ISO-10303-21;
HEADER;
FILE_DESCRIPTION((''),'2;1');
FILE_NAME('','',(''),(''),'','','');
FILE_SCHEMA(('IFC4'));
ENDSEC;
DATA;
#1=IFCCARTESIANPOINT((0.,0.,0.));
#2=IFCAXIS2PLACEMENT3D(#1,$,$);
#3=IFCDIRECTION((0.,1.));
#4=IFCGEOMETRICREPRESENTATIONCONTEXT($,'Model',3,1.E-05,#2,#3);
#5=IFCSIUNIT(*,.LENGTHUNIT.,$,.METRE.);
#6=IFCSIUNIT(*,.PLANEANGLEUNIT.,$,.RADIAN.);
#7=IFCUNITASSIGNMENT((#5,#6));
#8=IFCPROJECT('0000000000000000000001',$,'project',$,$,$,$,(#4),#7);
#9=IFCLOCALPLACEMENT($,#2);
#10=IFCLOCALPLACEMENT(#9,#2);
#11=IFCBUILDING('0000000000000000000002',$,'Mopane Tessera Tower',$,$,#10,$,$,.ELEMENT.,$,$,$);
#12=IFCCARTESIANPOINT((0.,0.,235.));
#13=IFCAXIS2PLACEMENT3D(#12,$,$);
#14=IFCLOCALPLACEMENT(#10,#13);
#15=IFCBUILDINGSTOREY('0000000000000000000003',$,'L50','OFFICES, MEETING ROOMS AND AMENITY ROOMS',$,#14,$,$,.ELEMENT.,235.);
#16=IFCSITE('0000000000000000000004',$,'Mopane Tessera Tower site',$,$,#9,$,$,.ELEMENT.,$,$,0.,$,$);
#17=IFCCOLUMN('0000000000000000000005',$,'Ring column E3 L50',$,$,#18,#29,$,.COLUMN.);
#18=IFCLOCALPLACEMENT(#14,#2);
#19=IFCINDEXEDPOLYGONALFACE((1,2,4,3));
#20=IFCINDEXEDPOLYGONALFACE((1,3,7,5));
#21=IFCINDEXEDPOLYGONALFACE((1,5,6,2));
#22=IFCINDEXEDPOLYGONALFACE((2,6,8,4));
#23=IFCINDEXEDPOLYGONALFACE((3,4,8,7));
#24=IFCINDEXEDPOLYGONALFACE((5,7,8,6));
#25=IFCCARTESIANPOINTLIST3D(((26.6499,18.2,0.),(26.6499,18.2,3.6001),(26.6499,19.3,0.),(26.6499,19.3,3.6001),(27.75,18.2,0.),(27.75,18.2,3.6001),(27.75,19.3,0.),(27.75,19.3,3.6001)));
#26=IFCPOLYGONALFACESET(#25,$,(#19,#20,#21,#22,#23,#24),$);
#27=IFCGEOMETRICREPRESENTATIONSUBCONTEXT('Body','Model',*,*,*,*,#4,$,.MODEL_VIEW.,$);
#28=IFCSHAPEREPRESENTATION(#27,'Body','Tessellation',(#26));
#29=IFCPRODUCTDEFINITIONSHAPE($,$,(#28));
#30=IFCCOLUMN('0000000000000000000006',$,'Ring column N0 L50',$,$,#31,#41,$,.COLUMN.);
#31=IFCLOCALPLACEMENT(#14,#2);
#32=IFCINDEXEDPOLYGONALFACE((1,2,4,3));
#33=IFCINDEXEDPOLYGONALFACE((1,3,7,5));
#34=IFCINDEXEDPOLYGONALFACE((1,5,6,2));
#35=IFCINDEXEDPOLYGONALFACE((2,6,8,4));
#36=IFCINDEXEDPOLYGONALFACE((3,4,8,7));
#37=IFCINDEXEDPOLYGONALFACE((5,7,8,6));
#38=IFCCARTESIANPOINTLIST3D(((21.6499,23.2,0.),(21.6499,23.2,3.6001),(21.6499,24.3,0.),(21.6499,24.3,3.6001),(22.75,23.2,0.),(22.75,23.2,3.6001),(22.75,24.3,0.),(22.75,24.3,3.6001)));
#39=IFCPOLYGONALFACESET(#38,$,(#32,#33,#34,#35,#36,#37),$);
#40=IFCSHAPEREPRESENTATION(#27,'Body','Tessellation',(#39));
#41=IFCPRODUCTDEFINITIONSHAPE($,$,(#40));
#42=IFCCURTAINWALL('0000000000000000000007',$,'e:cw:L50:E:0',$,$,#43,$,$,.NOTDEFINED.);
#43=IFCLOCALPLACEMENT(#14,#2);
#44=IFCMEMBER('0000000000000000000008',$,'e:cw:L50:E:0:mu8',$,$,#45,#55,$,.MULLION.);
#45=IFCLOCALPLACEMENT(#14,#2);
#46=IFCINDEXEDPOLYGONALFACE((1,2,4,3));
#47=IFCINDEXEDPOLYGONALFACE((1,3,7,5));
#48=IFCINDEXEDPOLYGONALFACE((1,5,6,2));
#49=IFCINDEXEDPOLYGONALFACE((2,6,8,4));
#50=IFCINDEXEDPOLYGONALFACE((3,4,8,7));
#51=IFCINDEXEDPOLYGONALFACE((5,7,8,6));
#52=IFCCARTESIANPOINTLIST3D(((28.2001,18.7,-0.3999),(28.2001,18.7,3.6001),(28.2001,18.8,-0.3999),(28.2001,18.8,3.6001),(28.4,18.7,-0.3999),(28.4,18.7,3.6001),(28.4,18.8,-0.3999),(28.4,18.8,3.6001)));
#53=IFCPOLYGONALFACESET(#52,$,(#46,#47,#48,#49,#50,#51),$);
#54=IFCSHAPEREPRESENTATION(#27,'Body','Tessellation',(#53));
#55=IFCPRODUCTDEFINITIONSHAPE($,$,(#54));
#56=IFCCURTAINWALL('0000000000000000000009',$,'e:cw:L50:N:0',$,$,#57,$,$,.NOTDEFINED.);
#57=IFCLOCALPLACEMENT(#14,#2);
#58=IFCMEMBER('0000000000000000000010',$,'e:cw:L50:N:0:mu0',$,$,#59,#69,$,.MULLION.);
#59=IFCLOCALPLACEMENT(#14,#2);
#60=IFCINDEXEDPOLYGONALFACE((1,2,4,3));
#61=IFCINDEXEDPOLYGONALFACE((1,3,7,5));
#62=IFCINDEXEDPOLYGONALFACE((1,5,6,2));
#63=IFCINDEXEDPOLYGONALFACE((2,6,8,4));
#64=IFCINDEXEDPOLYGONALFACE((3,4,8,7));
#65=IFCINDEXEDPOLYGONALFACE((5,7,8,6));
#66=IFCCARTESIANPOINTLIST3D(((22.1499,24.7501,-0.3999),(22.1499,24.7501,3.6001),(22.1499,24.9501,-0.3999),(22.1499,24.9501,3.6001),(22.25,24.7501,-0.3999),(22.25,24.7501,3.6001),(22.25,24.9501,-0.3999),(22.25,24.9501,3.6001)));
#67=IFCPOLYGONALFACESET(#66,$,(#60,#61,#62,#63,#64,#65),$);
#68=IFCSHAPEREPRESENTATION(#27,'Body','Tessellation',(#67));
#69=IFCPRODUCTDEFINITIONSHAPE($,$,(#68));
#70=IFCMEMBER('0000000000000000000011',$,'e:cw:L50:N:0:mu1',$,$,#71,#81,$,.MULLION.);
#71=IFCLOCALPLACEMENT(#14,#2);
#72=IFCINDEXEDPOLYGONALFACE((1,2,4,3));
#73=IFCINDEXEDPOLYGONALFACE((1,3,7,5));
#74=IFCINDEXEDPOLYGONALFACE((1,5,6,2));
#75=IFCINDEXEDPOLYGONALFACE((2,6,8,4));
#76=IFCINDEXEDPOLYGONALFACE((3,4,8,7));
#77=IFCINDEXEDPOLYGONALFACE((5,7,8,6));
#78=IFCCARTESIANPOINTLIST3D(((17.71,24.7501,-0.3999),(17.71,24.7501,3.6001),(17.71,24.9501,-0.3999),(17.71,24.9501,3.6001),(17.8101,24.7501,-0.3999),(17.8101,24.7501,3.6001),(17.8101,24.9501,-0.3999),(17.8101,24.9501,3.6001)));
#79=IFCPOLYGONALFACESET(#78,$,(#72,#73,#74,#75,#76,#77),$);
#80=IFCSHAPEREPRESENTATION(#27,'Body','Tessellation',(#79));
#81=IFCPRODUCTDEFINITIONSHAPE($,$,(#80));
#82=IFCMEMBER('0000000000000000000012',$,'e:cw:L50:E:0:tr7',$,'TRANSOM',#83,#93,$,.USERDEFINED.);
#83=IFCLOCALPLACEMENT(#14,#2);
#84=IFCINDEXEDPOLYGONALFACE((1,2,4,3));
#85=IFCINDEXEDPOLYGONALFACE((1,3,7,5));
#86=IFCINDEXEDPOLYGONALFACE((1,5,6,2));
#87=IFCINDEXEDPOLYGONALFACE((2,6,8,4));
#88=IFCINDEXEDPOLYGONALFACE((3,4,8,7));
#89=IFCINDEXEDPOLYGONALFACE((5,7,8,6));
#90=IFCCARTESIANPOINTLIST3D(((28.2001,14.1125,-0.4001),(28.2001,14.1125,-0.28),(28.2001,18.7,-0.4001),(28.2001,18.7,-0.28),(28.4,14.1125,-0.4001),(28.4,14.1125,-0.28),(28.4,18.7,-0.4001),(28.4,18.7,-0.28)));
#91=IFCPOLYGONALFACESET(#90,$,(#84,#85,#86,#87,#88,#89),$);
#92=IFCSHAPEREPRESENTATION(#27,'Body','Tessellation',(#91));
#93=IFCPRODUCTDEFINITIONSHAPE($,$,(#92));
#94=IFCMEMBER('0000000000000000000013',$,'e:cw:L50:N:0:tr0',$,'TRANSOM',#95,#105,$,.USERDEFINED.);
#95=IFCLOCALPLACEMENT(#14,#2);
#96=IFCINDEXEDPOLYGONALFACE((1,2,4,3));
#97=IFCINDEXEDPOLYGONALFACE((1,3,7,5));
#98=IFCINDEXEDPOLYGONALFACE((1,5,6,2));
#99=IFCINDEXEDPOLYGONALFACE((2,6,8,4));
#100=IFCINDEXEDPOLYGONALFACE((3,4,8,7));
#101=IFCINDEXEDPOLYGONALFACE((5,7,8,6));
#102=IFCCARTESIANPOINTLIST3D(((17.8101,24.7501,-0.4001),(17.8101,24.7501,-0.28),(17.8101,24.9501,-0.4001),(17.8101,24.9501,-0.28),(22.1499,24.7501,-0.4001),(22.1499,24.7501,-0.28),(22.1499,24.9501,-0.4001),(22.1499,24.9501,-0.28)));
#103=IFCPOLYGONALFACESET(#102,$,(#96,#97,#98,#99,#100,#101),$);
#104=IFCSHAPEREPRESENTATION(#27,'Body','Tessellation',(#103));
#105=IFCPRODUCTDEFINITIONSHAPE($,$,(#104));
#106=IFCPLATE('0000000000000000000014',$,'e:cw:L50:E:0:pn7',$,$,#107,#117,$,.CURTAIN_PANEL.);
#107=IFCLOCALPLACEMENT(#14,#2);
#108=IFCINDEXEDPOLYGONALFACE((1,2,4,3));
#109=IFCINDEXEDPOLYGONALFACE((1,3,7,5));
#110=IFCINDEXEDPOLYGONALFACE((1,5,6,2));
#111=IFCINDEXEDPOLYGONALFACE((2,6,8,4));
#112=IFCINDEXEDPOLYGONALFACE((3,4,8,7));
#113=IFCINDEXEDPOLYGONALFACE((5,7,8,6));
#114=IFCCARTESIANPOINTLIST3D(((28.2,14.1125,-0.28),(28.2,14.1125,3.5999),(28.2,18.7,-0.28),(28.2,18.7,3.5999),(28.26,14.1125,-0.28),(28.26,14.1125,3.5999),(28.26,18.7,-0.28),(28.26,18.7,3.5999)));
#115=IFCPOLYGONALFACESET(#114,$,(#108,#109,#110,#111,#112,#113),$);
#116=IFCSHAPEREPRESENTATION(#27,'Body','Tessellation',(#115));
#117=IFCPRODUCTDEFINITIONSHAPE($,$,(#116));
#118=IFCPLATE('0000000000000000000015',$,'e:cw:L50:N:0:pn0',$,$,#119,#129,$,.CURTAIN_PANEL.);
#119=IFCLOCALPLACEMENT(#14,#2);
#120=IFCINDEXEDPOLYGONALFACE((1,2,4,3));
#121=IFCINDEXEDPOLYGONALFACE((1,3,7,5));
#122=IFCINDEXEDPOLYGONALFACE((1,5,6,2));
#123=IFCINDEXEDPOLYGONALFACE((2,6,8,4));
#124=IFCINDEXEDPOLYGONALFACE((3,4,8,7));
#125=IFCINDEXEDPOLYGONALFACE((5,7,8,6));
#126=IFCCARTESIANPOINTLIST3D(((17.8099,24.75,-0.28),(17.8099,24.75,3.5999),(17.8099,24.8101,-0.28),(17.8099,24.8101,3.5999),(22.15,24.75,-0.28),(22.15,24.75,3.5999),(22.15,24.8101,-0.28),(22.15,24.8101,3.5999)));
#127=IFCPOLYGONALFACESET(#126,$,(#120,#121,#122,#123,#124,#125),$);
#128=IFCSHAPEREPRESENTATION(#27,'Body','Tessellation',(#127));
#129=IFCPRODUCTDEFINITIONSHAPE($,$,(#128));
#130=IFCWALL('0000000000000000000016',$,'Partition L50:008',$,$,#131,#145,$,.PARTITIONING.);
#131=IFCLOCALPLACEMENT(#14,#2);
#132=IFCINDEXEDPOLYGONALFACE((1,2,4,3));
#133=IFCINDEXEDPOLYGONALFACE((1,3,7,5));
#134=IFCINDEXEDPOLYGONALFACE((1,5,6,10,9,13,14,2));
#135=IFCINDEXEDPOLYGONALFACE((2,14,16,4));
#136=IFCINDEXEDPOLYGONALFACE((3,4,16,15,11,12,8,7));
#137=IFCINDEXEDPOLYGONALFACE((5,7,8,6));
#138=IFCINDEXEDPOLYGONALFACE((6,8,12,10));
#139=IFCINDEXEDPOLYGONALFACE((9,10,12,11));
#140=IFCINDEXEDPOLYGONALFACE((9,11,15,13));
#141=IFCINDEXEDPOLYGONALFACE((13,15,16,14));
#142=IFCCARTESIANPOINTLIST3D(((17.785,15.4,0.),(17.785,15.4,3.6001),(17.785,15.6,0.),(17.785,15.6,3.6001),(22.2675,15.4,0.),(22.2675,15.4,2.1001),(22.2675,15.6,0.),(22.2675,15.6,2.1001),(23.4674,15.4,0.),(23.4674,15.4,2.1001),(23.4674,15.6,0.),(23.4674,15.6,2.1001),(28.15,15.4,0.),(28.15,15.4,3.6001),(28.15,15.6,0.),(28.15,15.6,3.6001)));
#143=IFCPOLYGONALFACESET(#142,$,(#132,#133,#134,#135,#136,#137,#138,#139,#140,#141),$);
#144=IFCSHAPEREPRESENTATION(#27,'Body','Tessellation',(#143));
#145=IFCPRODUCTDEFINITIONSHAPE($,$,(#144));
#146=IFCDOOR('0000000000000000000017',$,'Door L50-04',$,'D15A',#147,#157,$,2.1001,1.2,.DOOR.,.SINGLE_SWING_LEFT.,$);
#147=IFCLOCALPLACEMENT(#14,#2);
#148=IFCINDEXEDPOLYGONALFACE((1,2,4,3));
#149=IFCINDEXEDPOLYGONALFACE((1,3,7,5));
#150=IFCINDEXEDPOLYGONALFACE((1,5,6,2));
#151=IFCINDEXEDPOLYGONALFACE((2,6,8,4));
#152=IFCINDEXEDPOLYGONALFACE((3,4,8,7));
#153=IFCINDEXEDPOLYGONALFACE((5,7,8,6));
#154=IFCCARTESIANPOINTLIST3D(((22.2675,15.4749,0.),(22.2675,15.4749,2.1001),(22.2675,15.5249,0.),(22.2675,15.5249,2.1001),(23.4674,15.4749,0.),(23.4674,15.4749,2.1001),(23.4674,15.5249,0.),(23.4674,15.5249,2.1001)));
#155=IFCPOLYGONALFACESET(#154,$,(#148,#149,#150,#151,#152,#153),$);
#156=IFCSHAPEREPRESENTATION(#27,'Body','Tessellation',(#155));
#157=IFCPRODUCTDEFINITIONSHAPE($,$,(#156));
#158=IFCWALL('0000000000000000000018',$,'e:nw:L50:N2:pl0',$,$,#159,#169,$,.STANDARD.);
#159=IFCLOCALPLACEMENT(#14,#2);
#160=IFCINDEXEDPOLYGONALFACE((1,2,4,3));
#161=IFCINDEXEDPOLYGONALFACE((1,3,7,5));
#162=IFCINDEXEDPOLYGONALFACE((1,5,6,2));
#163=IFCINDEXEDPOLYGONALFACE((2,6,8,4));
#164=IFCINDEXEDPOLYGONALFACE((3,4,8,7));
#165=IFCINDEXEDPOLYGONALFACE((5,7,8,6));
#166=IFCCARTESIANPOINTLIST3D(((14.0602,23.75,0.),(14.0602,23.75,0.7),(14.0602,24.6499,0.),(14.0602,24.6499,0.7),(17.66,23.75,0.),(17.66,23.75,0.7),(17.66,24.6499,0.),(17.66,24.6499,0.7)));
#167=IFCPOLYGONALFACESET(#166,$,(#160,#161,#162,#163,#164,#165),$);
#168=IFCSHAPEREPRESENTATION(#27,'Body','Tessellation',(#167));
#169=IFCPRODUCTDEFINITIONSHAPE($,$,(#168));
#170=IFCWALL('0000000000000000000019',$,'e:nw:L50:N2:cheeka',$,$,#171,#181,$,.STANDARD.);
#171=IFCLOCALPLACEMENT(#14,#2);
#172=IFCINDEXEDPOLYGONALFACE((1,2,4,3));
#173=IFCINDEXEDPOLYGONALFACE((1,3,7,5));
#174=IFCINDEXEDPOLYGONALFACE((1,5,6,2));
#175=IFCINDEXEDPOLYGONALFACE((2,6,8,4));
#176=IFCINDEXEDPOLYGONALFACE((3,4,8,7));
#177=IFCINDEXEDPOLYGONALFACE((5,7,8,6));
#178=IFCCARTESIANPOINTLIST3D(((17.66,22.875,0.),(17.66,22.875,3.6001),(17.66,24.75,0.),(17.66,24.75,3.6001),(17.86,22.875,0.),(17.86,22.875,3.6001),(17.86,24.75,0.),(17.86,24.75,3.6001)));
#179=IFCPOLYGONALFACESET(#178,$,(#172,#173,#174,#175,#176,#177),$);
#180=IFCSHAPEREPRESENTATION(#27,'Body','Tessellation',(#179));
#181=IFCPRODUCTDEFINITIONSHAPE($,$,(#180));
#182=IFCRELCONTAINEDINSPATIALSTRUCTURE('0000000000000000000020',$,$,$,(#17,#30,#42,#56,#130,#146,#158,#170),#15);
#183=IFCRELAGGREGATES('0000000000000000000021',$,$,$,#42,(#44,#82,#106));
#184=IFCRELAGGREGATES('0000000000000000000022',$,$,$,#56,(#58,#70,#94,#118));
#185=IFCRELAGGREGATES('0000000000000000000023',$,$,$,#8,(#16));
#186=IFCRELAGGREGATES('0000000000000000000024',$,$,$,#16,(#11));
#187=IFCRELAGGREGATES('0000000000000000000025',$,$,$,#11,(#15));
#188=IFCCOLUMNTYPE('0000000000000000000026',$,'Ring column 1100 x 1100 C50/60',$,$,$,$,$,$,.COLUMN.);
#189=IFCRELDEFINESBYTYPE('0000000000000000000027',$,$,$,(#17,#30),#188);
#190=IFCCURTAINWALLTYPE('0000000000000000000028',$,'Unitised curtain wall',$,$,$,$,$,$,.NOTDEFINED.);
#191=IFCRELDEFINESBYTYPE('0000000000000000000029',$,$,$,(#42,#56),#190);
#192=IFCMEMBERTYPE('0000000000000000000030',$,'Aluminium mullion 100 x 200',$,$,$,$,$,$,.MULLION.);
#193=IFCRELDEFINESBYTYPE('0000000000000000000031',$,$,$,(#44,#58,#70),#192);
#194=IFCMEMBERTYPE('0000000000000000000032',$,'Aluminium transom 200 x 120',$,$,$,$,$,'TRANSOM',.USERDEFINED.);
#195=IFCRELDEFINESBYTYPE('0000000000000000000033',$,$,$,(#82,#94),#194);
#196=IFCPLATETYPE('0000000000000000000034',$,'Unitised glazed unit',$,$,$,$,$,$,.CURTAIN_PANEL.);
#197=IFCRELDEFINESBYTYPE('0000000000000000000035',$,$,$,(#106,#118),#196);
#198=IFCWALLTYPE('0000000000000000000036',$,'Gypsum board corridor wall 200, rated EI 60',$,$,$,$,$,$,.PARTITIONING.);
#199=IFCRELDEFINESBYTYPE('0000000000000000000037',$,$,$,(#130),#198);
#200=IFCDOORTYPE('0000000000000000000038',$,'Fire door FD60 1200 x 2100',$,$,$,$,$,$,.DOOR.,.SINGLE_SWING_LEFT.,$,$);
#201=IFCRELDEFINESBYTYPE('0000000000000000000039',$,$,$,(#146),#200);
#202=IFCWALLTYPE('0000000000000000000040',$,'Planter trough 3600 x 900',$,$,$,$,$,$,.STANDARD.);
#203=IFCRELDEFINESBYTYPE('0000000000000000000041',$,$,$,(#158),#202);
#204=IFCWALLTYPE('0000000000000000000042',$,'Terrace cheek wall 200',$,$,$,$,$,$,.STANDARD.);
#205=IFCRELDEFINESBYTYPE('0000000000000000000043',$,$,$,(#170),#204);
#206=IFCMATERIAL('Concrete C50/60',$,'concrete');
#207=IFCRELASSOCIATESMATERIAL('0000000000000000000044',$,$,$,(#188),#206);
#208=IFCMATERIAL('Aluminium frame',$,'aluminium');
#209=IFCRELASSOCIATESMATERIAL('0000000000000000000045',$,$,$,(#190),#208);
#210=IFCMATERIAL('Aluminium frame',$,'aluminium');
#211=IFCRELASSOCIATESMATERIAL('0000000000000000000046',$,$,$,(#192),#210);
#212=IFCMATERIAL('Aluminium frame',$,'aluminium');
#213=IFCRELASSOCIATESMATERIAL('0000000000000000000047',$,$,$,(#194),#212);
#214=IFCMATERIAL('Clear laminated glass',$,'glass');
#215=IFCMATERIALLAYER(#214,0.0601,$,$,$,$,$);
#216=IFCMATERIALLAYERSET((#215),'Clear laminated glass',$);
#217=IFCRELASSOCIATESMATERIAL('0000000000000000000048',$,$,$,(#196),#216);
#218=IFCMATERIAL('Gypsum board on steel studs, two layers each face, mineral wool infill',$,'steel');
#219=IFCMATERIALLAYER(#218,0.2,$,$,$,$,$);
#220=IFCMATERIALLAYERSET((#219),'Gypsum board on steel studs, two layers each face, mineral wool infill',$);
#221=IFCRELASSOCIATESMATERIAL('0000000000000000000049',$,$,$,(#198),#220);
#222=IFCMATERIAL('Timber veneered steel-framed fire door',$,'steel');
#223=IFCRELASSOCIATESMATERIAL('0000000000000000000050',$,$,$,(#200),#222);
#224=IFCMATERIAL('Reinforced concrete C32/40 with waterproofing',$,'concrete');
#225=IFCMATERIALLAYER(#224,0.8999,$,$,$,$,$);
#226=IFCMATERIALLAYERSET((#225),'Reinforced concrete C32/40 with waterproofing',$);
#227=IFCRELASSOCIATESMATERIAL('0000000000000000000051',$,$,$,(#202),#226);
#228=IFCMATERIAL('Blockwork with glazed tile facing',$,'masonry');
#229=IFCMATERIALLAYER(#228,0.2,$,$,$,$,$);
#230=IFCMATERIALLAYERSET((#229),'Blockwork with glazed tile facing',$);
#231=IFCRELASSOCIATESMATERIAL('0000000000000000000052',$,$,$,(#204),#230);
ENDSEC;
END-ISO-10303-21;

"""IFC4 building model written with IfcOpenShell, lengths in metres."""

from ifc_helpers import new_model, si_unit, direction, frame, frame_2d, origin, origin_2d, place, context, subcontext, project, spatial, rectangle, extrude, material, layer, layer_set, material_profile, profile_set, type_object, element, fill, aggregate, save


model = new_model("IFC4")

# Units and contexts
model_context = context("Model", 3, precision=1e-05, world=origin(), true_north=direction((0.0, 1.0)))
body_context = subcontext(model_context, "Body", "Model", "MODEL_VIEW")
ifc_project = project(units=[si_unit("LENGTHUNIT", "METRE"), si_unit("PLANEANGLEUNIT", "RADIAN")], contexts=[model_context])

# Site, building, storey
site_placement = place(None, origin())
site = spatial("IfcSite", under=ifc_project, at=site_placement, Name="Mopane Tessera Tower site", CompositionType="ELEMENT", RefElevation=0.0)
building_placement = place(site_placement, origin())
building = spatial("IfcBuilding", under=site, at=building_placement, Name="Mopane Tessera Tower", CompositionType="ELEMENT")
storey_placement = place(building_placement, frame((0.0, 0.0, 235.0)))
storey = spatial("IfcBuildingStorey", under=building, at=storey_placement, Name="L50", Description="OFFICES, MEETING ROOMS AND AMENITY ROOMS", CompositionType="ELEMENT", Elevation=235.0)

# Columns
ifc_material_1 = material(Name="Concrete C50/60", Category="concrete")
ifc_material_profile_1 = material_profile(ifc_material_1, rectangle(XDim=1.1001, YDim=1.1001, at=origin_2d()))
ifc_profile_set_1 = profile_set([ifc_material_profile_1], Name="Concrete C50/60")
column_type = type_object("IfcColumnType", Name="Ring column 1100 x 1100 C50/60", PredefinedType="COLUMN", material=ifc_profile_set_1)
for number, where, z_axis, x_axis, name in (
    (1, (27.2, 18.75, 0.0), (0.0, 0.0, 1.0), (1.0, 0.0, 0.0), "Ring column E3 L50"),
    (2, (22.2, 23.75, 0.0), (0.0, 0.0, 1.0), (1.0, 0.0, 0.0), "Ring column N0 L50"),
):
    element("IfcColumn", number, at=place(storey_placement, frame(where, z_axis=z_axis, x_axis=x_axis)), inside=storey, type_object=column_type, Name=name, PredefinedType="COLUMN", context=body_context, shape_type="SweptSolid", body=[
        extrude(rectangle(XDim=1.1001, YDim=1.1001, at=origin_2d()), origin(), (0.0, 0.0, 1.0), 3.6001),
    ])

# Curtain wall, member
ifc_material_2 = material(Name="Aluminium frame", Category="aluminium")
curtain_wall_type = type_object("IfcCurtainWallType", Name="Unitised curtain wall", PredefinedType="NOTDEFINED", material=ifc_material_2)
curtain_wall_1_placement = place(storey_placement, origin())
curtain_wall_1 = element("IfcCurtainWall", 3, at=curtain_wall_1_placement, inside=storey, type_object=curtain_wall_type, Name="e:cw:L50:E:0", PredefinedType="NOTDEFINED")
ifc_material_3 = material(Name="Aluminium frame", Category="aluminium")
ifc_material_profile_2 = material_profile(ifc_material_3, rectangle(XDim=0.1001, YDim=0.2, at=origin_2d()))
ifc_profile_set_2 = profile_set([ifc_material_profile_2], Name="Aluminium frame")
member_type_1 = type_object("IfcMemberType", Name="Aluminium mullion 100 x 200", PredefinedType="MULLION", material=ifc_profile_set_2)
member_1_placement = place(storey_placement, frame((28.3, 18.75, -0.3999), z_axis=(0.0, 0.0, 1.0), x_axis=(0.0, 1.0, 0.0)))
member_1 = element("IfcMember", 4, at=member_1_placement, type_object=member_type_1, Name="e:cw:L50:E:0:mu8", PredefinedType="MULLION", context=body_context, shape_type="SweptSolid", body=[
    extrude(rectangle(XDim=0.1001, YDim=0.2, at=origin_2d()), origin(), (0.0, 0.0, 1.0), 4.0),
])

# Curtain wall, members
curtain_wall_2_placement = place(storey_placement, origin())
curtain_wall_2 = element("IfcCurtainWall", 5, at=curtain_wall_2_placement, inside=storey, type_object=curtain_wall_type, Name="e:cw:L50:N:0", PredefinedType="NOTDEFINED")
member_2_placement = place(storey_placement, frame((22.2, 24.8501, -0.3999), z_axis=(0.0, 0.0, 1.0), x_axis=(-1.0, 0.0, 0.0)))
member_2 = element("IfcMember", 6, at=member_2_placement, type_object=member_type_1, Name="e:cw:L50:N:0:mu0", PredefinedType="MULLION", context=body_context, shape_type="SweptSolid", body=[
    extrude(rectangle(XDim=0.1001, YDim=0.2, at=origin_2d()), origin(), (0.0, 0.0, 1.0), 4.0),
])
member_3_placement = place(storey_placement, frame((17.76, 24.8501, -0.3999), z_axis=(0.0, 0.0, 1.0), x_axis=(-1.0, 0.0, 0.0)))
member_3 = element("IfcMember", 7, at=member_3_placement, type_object=member_type_1, Name="e:cw:L50:N:0:mu1", PredefinedType="MULLION", context=body_context, shape_type="SweptSolid", body=[
    extrude(rectangle(XDim=0.1001, YDim=0.2, at=origin_2d()), origin(), (0.0, 0.0, 1.0), 4.0),
])

# Members
ifc_material_4 = material(Name="Aluminium frame", Category="aluminium")
ifc_material_profile_3 = material_profile(ifc_material_4, rectangle(XDim=0.2, YDim=0.1201, at=origin_2d()))
ifc_profile_set_3 = profile_set([ifc_material_profile_3], Name="Aluminium frame")
member_type_2 = type_object("IfcMemberType", Name="Aluminium transom 200 x 120", ElementType="TRANSOM", PredefinedType="USERDEFINED", material=ifc_profile_set_3)
member_4_placement = place(storey_placement, frame((28.3, 14.1125, -0.3401), z_axis=(0.0, 1.0, 0.0), x_axis=(-1.0, 0.0, 0.0)))
member_4 = element("IfcMember", 8, at=member_4_placement, type_object=member_type_2, Name="e:cw:L50:E:0:tr7", ObjectType="TRANSOM", PredefinedType="USERDEFINED", context=body_context, shape_type="SweptSolid", body=[
    extrude(rectangle(XDim=0.2, YDim=0.1201, at=origin_2d()), origin(), (0.0, 0.0, 1.0), 4.5874),
])
member_5_placement = place(storey_placement, frame((22.1499, 24.8501, -0.3401), z_axis=(-1.0, 0.0, 0.0), x_axis=(0.0, -1.0, 0.0)))
member_5 = element("IfcMember", 9, at=member_5_placement, type_object=member_type_2, Name="e:cw:L50:N:0:tr0", ObjectType="TRANSOM", PredefinedType="USERDEFINED", context=body_context, shape_type="SweptSolid", body=[
    extrude(rectangle(XDim=0.2, YDim=0.1201, at=origin_2d()), origin(), (0.0, 0.0, 1.0), 4.3398),
])

# Plates
ifc_material_5 = material(Name="Clear laminated glass", Category="glass")
ifc_layer_1 = layer(ifc_material_5, 0.0601)
ifc_layer_set_1 = layer_set([ifc_layer_1], Name="Clear laminated glass")
plate_type = type_object("IfcPlateType", Name="Unitised glazed unit", PredefinedType="CURTAIN_PANEL", material=ifc_layer_set_1)
plate_1_placement = place(storey_placement, frame((28.23, 16.4062, -0.28), z_axis=(0.0, 0.0, 1.0), x_axis=(0.0, 1.0, 0.0)))
plate_1 = element("IfcPlate", 10, at=plate_1_placement, type_object=plate_type, Name="e:cw:L50:E:0:pn7", PredefinedType="CURTAIN_PANEL", context=body_context, shape_type="SweptSolid", body=[
    extrude(rectangle(XDim=4.5874, YDim=0.0601, at=origin_2d()), origin(), (0.0, 0.0, 1.0), 3.8799),
])
aggregate(curtain_wall_1, [member_1, member_4, plate_1])
plate_2_placement = place(storey_placement, frame((19.98, 24.78, -0.28), z_axis=(0.0, 0.0, 1.0), x_axis=(-1.0, 0.0, 0.0)))
plate_2 = element("IfcPlate", 11, at=plate_2_placement, type_object=plate_type, Name="e:cw:L50:N:0:pn0", PredefinedType="CURTAIN_PANEL", context=body_context, shape_type="SweptSolid", body=[
    extrude(rectangle(XDim=4.3401, YDim=0.0601, at=origin_2d()), origin(), (0.0, 0.0, 1.0), 3.8799),
])
aggregate(curtain_wall_2, [member_2, member_3, member_5, plate_2])

# Wall, opening, door
ifc_material_6 = material(Name="Gypsum board on steel studs, two layers each face, mineral wool infill", Category="steel")
ifc_layer_2 = layer(ifc_material_6, 0.2)
ifc_layer_set_2 = layer_set([ifc_layer_2], Name="Gypsum board on steel studs, two layers each face, mineral wool infill")
wall_type_1 = type_object("IfcWallType", Name="Gypsum board corridor wall 200, rated EI 60", PredefinedType="PARTITIONING", material=ifc_layer_set_2)
wall_1_placement = place(storey_placement, frame((17.7849, 15.5, 0.0), z_axis=(0.0, 0.0, 1.0), x_axis=(1.0, 0.0, 0.0)))
wall_1 = element("IfcWall", 12, at=wall_1_placement, inside=storey, type_object=wall_type_1, Name="Partition L50:008", PredefinedType="PARTITIONING", context=body_context, shape_type="SweptSolid", body=[
    extrude(rectangle(XDim=10.365, YDim=0.2, at=frame_2d((5.1826, 0.0))), origin(), (0.0, 0.0, 1.0), 3.6001),
])
opening_1_placement = place(wall_1_placement, frame((4.4824, 0.0, 0.0)))
opening_1 = element("IfcOpeningElement", 13, at=opening_1_placement, cuts=wall_1, PredefinedType="OPENING", context=body_context, shape_type="SweptSolid", body=[
    extrude(rectangle(XDim=1.2, YDim=2.1001, at=frame_2d((0.6001, 1.05))), frame((0.0, 0.1121, 0.0), z_axis=(0.0, -1.0, 0.0), x_axis=(1.0, 0.0, 0.0)), (0.0, 0.0, 1.0), 0.2239),
])
ifc_material_7 = material(Name="Timber veneered steel-framed fire door", Category="steel")
door_type_1 = type_object("IfcDoorType", Name="Fire door FD60 1200 x 2100", OperationType="SINGLE_SWING_LEFT", PredefinedType="DOOR", material=ifc_material_7)
door_1_placement = place(opening_1_placement, origin())
door_1 = element("IfcDoor", 14, at=door_1_placement, inside=storey, type_object=door_type_1, Name="Door L50-04", ObjectType="D15A", OperationType="SINGLE_SWING_LEFT", OverallHeight=2.1001, OverallWidth=1.2, PredefinedType="DOOR", context=body_context, shape_type="SweptSolid", body=[
    extrude(rectangle(XDim=1.2, YDim=2.1001, at=frame_2d((0.6001, 1.05))), frame((0.0, 0.0249, 0.0), z_axis=(0.0, -1.0, 0.0), x_axis=(1.0, 0.0, 0.0)), (0.0, 0.0, 1.0), 0.05),
])
fill(opening_1, door_1)

# Walls
ifc_material_8 = material(Name="Reinforced concrete C32/40 with waterproofing", Category="concrete")
ifc_layer_3 = layer(ifc_material_8, 0.8999)
ifc_layer_set_3 = layer_set([ifc_layer_3], Name="Reinforced concrete C32/40 with waterproofing")
wall_type_2 = type_object("IfcWallType", Name="Planter trough 3600 x 900", PredefinedType="STANDARD", material=ifc_layer_set_3)
wall_2_placement = place(storey_placement, frame((17.6599, 24.2, 0.0), z_axis=(0.0, 0.0, 1.0), x_axis=(-1.0, 0.0, 0.0)))
element("IfcWall", 15, at=wall_2_placement, inside=storey, type_object=wall_type_2, Name="e:nw:L50:N2:pl0", PredefinedType="STANDARD", context=body_context, shape_type="SweptSolid", body=[
    extrude(rectangle(XDim=3.5999, YDim=0.8999, at=frame_2d((1.7998, 0.0))), origin(), (0.0, 0.0, 1.0), 0.7),
])
ifc_material_9 = material(Name="Blockwork with glazed tile facing", Category="masonry")
ifc_layer_4 = layer(ifc_material_9, 0.2)
ifc_layer_set_4 = layer_set([ifc_layer_4], Name="Blockwork with glazed tile facing")
wall_type_3 = type_object("IfcWallType", Name="Terrace cheek wall 200", PredefinedType="STANDARD", material=ifc_layer_set_4)
wall_3_placement = place(storey_placement, frame((17.76, 24.75, 0.0), z_axis=(0.0, 0.0, 1.0), x_axis=(0.0, -1.0, 0.0)))
element("IfcWall", 16, at=wall_3_placement, inside=storey, type_object=wall_type_3, Name="e:nw:L50:N2:cheeka", PredefinedType="STANDARD", context=body_context, shape_type="SweptSolid", body=[
    extrude(rectangle(XDim=1.875, YDim=0.2, at=frame_2d((0.9375, 0.0))), origin(), (0.0, 0.0, 1.0), 3.6001),
])

save(model, "model.ifc")
